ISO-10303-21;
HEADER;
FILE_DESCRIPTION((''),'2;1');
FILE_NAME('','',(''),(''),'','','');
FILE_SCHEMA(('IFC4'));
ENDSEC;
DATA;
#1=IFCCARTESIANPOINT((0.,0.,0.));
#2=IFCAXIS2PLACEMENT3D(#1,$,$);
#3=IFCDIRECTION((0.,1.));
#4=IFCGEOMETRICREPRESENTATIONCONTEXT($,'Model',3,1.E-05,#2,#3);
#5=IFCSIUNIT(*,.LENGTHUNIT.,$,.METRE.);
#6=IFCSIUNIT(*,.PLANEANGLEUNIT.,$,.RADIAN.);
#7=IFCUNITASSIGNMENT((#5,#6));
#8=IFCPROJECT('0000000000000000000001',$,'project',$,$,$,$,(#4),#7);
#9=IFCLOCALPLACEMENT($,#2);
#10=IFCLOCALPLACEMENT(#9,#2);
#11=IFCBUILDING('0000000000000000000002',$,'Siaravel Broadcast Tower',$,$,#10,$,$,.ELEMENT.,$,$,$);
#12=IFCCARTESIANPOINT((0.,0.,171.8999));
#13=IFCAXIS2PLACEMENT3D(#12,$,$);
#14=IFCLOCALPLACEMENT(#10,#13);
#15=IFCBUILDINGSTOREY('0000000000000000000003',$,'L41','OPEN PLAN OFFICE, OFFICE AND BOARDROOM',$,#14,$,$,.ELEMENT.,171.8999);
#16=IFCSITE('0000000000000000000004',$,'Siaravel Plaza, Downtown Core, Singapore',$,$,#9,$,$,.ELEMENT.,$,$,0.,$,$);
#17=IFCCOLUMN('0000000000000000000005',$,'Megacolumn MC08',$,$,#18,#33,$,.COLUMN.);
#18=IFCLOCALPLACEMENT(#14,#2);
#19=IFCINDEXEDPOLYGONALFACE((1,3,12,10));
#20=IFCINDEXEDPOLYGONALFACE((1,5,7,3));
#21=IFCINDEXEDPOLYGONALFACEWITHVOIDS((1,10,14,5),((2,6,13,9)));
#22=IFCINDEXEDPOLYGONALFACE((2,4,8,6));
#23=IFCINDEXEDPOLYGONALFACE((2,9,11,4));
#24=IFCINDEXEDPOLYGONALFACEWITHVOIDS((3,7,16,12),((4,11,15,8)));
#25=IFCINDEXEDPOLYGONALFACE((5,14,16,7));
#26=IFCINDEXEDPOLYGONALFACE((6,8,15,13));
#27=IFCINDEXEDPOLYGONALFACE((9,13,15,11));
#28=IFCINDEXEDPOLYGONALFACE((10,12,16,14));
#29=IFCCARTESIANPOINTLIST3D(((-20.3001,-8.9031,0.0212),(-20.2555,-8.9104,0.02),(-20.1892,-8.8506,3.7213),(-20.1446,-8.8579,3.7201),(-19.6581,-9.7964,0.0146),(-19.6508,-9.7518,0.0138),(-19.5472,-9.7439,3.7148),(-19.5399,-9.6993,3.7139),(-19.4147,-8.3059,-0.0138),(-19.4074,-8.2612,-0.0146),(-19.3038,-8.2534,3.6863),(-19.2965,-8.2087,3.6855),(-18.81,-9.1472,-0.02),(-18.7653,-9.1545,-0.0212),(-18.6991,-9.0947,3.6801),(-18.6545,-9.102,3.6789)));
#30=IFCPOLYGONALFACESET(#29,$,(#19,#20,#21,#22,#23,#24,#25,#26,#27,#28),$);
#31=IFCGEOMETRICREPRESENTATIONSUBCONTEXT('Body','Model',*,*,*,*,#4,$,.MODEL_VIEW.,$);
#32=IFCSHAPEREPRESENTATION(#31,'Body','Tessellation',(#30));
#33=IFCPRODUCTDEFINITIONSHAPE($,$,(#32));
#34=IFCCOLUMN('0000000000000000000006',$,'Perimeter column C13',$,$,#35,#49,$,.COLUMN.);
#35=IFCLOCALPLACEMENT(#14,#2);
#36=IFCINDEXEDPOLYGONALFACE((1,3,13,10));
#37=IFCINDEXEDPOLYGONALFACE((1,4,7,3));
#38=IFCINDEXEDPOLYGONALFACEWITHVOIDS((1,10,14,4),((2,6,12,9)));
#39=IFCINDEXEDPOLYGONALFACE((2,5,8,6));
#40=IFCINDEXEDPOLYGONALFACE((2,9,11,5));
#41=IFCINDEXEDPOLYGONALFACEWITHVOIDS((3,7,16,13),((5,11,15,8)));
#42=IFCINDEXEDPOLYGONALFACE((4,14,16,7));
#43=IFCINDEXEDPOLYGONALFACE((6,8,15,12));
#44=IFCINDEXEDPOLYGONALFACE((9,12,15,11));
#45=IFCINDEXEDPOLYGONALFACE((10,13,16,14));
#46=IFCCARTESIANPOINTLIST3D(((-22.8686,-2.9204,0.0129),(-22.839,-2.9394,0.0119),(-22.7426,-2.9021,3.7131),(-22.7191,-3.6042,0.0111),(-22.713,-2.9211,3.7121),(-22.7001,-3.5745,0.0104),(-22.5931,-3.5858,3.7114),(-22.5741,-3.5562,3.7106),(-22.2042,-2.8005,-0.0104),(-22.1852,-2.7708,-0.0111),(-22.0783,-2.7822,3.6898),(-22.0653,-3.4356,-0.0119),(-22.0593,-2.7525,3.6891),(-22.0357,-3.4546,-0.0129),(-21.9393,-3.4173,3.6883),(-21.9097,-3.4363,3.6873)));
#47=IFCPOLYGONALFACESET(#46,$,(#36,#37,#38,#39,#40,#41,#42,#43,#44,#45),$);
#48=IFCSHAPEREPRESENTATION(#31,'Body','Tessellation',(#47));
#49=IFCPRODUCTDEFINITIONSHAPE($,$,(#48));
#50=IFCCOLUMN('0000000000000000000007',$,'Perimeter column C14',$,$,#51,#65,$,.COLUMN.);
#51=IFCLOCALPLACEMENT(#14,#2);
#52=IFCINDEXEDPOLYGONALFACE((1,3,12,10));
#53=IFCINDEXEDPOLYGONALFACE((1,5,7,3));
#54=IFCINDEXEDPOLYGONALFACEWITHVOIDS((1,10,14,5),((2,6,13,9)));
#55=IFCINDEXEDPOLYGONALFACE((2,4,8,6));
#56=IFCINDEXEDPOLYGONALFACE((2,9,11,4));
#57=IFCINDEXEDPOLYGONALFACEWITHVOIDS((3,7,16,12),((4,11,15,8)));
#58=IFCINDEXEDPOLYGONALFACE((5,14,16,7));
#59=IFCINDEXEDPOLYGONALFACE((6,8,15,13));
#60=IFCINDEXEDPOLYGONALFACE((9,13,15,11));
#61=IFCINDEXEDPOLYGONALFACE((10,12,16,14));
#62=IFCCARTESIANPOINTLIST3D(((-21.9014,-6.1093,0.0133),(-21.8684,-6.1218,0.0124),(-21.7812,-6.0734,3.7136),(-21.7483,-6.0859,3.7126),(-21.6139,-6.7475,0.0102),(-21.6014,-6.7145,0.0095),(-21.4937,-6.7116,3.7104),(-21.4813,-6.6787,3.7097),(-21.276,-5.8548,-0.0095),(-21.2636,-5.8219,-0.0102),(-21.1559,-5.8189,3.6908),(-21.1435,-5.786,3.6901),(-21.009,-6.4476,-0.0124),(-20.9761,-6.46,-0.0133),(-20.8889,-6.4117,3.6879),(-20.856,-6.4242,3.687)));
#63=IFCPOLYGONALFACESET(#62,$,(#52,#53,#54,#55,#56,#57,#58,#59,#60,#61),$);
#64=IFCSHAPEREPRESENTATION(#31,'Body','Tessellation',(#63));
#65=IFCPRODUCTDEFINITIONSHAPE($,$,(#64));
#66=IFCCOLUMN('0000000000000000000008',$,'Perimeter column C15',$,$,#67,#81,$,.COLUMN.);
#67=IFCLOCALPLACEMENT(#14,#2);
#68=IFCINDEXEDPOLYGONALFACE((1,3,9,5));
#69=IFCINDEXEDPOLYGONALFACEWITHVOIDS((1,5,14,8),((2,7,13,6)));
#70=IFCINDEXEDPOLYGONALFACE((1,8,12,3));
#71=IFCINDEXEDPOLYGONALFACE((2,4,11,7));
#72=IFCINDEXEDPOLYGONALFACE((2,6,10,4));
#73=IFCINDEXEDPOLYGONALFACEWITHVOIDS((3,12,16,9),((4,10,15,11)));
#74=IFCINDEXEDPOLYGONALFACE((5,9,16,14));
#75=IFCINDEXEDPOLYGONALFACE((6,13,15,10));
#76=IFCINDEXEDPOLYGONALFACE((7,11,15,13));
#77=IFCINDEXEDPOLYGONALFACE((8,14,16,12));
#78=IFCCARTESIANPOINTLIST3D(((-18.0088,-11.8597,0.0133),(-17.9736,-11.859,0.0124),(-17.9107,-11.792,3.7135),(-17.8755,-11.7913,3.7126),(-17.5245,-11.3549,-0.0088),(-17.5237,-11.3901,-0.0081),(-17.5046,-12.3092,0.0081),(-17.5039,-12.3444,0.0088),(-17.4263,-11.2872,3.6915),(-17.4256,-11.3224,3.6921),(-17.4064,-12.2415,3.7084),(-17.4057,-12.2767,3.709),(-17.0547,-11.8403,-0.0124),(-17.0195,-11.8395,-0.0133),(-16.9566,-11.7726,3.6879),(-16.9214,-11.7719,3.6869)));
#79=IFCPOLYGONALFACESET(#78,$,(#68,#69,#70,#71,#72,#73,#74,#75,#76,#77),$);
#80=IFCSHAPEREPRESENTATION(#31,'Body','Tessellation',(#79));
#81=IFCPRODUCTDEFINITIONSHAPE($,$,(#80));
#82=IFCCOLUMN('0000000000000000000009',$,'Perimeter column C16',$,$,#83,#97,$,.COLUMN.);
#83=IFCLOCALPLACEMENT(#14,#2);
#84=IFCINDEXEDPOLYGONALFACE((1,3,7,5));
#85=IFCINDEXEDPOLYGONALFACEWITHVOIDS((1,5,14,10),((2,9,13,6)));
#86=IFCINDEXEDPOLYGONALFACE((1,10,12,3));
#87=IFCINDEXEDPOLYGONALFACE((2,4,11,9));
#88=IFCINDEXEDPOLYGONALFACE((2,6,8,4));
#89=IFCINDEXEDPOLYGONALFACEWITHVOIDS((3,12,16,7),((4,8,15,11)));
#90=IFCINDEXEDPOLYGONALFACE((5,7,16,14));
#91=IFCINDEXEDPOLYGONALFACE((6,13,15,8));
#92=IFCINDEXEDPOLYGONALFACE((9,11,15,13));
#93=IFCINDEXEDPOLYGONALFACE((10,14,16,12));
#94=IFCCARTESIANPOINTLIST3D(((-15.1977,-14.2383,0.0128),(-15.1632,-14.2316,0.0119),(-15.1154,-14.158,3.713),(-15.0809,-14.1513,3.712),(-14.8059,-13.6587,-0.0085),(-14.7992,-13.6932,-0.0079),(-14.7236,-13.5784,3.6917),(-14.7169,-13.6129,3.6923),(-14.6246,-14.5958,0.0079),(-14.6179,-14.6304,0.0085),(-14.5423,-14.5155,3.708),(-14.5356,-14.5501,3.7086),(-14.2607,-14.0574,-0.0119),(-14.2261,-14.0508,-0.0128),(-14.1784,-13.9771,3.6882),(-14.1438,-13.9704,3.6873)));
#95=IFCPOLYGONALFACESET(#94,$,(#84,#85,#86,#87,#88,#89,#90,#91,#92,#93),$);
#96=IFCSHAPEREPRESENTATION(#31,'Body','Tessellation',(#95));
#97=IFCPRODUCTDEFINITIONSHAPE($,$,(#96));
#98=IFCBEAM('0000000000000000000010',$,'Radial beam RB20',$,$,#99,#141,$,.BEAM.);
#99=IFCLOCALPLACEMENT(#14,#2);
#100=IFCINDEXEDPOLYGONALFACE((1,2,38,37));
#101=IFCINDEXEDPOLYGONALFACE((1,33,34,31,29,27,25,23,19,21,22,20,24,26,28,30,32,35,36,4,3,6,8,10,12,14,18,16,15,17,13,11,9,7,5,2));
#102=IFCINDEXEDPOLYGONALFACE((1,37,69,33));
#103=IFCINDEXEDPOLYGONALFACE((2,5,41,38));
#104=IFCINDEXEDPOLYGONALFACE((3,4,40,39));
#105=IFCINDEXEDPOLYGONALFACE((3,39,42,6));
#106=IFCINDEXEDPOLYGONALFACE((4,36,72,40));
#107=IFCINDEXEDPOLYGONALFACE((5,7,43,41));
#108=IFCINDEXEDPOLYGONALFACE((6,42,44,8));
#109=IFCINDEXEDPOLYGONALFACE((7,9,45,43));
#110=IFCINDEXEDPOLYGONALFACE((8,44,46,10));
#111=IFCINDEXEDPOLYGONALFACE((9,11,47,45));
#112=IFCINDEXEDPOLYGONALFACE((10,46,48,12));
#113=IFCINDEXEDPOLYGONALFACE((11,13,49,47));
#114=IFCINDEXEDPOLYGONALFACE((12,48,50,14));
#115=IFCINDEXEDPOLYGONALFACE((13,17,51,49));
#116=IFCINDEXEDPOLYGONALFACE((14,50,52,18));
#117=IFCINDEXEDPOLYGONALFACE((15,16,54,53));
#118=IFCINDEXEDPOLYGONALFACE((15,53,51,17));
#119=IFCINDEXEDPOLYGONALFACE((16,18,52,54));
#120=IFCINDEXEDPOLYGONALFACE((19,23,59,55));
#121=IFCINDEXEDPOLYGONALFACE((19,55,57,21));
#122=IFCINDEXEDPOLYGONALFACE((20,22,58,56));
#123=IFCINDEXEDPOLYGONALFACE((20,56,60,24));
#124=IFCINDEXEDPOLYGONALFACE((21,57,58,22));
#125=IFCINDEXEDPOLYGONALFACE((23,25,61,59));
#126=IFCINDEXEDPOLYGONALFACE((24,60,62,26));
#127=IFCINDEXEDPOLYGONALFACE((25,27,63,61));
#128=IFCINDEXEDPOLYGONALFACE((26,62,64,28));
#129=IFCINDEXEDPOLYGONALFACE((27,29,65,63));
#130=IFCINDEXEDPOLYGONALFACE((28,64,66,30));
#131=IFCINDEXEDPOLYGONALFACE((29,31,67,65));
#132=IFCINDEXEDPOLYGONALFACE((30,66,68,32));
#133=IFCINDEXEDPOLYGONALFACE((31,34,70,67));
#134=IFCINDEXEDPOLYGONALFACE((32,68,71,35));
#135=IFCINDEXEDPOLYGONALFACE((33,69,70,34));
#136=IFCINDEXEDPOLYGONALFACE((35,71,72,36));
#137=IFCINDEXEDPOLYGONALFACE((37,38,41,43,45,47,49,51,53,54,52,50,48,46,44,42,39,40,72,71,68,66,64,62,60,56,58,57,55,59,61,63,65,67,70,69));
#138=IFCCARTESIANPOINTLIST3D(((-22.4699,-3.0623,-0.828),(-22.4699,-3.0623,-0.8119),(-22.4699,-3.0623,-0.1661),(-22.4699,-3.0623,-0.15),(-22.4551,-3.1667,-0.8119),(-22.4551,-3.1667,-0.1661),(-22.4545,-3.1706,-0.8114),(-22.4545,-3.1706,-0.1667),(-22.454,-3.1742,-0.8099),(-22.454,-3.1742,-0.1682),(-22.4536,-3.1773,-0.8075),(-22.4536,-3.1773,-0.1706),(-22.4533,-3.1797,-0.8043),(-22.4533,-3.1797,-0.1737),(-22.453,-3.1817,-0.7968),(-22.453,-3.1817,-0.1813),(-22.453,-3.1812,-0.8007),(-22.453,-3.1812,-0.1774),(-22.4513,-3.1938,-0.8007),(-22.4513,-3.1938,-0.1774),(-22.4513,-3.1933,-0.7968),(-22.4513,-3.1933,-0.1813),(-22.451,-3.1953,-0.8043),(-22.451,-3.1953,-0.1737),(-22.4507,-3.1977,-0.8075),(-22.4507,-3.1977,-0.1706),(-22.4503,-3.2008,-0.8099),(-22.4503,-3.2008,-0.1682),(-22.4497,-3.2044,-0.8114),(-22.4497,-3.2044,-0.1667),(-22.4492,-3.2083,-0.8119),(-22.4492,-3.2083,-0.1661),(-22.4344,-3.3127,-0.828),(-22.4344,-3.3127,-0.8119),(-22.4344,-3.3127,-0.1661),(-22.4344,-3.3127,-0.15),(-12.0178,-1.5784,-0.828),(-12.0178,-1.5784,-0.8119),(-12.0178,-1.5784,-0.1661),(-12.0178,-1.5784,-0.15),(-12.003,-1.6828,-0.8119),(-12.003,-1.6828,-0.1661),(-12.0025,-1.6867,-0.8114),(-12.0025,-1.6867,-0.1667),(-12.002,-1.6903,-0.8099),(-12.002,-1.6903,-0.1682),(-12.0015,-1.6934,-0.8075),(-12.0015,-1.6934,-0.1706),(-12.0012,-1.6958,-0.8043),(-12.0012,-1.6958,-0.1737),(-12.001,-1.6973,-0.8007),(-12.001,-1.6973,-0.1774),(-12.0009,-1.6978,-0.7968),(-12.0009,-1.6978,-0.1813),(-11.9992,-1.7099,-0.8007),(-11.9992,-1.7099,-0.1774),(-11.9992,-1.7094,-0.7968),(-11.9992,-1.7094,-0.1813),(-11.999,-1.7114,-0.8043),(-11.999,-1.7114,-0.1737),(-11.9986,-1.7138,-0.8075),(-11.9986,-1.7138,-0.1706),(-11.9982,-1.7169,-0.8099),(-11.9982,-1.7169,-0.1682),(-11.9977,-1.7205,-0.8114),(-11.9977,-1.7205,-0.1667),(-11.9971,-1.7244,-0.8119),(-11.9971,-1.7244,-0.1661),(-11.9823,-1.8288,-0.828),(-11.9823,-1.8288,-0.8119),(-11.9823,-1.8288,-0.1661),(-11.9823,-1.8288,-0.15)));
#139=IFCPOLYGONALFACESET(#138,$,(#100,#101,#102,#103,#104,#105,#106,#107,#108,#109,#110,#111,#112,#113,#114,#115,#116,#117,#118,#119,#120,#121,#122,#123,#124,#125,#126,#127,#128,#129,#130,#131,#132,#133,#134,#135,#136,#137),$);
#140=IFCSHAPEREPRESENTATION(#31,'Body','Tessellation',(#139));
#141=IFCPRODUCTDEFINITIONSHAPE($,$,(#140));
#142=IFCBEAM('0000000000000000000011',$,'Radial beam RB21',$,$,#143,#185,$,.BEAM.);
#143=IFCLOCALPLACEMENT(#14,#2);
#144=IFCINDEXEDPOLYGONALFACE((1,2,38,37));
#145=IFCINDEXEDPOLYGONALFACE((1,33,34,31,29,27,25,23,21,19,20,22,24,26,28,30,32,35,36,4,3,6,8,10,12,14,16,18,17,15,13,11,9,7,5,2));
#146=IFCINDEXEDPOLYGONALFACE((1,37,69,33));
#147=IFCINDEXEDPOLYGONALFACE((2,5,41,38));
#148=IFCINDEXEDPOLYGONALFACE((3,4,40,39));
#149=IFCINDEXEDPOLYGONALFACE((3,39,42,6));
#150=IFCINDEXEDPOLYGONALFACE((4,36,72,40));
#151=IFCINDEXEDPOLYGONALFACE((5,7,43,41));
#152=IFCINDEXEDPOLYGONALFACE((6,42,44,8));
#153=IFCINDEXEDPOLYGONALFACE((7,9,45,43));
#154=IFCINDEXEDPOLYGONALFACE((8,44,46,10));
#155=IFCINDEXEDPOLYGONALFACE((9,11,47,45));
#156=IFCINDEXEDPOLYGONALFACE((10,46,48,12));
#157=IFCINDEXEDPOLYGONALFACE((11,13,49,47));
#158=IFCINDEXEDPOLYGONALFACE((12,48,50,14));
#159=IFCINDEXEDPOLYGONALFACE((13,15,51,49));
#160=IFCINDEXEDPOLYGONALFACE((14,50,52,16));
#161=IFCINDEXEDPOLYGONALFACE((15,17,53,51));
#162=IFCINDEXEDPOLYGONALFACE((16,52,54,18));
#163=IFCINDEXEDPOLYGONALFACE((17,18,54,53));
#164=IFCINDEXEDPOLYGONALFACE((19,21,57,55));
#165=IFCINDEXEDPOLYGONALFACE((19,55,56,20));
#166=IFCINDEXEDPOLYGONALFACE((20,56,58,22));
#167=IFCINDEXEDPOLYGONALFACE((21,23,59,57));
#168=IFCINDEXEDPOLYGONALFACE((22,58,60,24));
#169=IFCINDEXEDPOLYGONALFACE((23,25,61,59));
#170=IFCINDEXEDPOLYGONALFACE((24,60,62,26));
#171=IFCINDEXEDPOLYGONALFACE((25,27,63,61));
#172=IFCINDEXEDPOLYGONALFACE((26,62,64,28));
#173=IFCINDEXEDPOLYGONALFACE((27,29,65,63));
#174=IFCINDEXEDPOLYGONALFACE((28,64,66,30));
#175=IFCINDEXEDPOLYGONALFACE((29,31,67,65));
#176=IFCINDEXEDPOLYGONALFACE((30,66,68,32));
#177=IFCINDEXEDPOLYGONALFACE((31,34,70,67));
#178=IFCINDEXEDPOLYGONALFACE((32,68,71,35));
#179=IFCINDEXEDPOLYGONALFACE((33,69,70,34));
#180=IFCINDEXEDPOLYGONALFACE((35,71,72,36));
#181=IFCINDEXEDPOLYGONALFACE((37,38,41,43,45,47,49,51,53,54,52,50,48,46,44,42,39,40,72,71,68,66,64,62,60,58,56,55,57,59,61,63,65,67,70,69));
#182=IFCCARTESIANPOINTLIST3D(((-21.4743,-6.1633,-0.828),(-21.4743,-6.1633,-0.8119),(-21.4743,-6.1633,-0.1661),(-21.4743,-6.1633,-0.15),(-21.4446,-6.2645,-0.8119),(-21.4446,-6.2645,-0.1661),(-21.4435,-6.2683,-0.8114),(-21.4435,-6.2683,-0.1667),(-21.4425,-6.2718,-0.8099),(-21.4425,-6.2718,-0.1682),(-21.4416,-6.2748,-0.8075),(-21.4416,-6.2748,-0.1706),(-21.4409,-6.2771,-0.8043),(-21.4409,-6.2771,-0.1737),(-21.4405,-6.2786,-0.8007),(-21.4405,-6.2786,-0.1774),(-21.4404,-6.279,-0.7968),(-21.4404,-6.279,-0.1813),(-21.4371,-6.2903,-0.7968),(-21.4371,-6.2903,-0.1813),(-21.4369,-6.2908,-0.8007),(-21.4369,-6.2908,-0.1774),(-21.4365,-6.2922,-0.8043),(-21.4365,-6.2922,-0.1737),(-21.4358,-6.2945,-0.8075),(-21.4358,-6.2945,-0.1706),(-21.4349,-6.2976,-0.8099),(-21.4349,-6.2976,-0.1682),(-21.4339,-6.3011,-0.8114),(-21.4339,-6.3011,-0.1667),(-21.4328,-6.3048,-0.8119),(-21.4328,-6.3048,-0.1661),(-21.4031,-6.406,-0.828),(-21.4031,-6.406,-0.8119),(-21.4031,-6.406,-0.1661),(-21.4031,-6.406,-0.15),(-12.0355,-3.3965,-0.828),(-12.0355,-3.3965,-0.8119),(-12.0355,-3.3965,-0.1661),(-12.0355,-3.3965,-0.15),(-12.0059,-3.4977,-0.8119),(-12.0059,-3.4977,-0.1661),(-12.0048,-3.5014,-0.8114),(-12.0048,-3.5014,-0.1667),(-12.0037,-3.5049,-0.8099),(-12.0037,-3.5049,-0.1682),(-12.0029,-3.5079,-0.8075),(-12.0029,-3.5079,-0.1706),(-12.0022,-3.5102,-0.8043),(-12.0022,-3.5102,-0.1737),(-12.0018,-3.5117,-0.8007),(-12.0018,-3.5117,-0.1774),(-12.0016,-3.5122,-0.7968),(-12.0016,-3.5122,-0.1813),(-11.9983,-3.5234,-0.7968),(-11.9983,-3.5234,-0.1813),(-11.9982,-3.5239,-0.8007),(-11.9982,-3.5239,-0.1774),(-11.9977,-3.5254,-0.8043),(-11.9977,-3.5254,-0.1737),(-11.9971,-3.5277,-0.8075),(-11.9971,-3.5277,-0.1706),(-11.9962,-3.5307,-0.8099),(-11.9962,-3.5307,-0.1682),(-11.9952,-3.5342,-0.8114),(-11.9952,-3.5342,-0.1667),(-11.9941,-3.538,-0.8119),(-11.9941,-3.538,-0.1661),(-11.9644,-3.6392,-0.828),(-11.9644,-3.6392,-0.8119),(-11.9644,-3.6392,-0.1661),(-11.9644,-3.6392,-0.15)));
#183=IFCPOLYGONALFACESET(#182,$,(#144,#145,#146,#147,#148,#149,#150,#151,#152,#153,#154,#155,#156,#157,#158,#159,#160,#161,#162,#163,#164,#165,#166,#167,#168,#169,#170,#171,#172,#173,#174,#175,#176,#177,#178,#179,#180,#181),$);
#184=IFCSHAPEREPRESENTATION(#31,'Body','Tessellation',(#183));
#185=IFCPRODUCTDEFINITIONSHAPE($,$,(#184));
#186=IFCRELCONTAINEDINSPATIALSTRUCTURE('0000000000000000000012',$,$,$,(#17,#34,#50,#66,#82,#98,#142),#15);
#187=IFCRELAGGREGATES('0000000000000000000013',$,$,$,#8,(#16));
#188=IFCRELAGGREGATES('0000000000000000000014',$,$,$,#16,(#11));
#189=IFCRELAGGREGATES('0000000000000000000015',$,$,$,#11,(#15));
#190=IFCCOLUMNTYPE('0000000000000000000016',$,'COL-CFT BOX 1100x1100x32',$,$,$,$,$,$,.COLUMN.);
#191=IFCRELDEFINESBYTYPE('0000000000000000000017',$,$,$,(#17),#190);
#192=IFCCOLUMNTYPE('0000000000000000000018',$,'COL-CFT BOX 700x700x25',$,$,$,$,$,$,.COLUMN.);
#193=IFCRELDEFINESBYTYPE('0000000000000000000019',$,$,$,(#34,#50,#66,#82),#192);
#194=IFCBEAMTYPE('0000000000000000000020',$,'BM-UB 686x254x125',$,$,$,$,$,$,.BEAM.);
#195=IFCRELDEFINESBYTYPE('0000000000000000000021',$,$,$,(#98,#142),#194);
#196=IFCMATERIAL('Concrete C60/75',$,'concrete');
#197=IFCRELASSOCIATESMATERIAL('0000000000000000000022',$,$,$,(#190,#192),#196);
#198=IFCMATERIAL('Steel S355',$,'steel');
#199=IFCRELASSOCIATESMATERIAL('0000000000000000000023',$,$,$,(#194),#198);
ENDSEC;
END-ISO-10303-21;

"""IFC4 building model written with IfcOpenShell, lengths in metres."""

from ifc_helpers import new_model, si_unit, direction, frame, origin, origin_2d, place, context, subcontext, project, spatial, hollow_rectangle, i_section, extrude, material, material_profile, profile_set, type_object, element, save


model = new_model("IFC4")

# Units and contexts
model_context = context("Model", 3, precision=1e-05, world=origin(), true_north=direction((0.0, 1.0)))
body_context = subcontext(model_context, "Body", "Model", "MODEL_VIEW")
ifc_project = project(units=[si_unit("LENGTHUNIT", "METRE"), si_unit("PLANEANGLEUNIT", "RADIAN")], contexts=[model_context])

# Site, building, storey
site_placement = place(None, origin())
site = spatial("IfcSite", under=ifc_project, at=site_placement, Name="Siaravel Plaza, Downtown Core, Singapore", CompositionType="ELEMENT", RefElevation=0.0)
building_placement = place(site_placement, origin())
building = spatial("IfcBuilding", under=site, at=building_placement, Name="Siaravel Broadcast Tower", CompositionType="ELEMENT")
storey_placement = place(building_placement, frame((0.0, 0.0, 171.8999)))
storey = spatial("IfcBuildingStorey", under=building, at=storey_placement, Name="L41", Description="OPEN PLAN OFFICE, OFFICE AND BOARDROOM", CompositionType="ELEMENT", Elevation=171.8999)

# Columns
ifc_material_1 = material(Name="Concrete C60/75", Category="concrete")
ifc_material_profile_1 = material_profile(ifc_material_1, hollow_rectangle(XDim=1.1001, YDim=1.1001, WallThickness=0.032, at=origin_2d()))
ifc_profile_set_1 = profile_set([ifc_material_profile_1], Name="Concrete C60/75")
column_type_1 = type_object("IfcColumnType", Name="COL-CFT BOX 1100x1100x32", PredefinedType="COLUMN", material=ifc_profile_set_1)
column_1_placement = place(storey_placement, frame((-19.5327, -9.0288, 0.0), z_axis=(0.029939, 0.014178, 0.999451), x_axis=(-0.583604, 0.812016, 0.005963)))
element("IfcColumn", 1, at=column_1_placement, inside=storey, type_object=column_type_1, Name="Megacolumn MC08", PredefinedType="COLUMN", context=body_context, shape_type="SweptSolid", body=[
    extrude(hollow_rectangle(XDim=1.1001, YDim=1.1001, WallThickness=0.032, at=origin_2d()), origin(), (0.0, 0.0, 1.0), 3.7021),
])
ifc_material_profile_2 = material_profile(ifc_material_1, hollow_rectangle(XDim=0.7, YDim=0.7, WallThickness=0.0249, at=origin_2d()))
ifc_profile_set_2 = profile_set([ifc_material_profile_2], Name="Concrete C60/75")
column_type_2 = type_object("IfcColumnType", Name="COL-CFT BOX 700x700x25", PredefinedType="COLUMN", material=ifc_profile_set_2)
for number, where, z_axis, x_axis, name in (
    (2, (-22.4521, -3.1875, 0.0), (0.034026, 0.004946, 0.999409), (-0.213653, 0.976907, 0.00244), "Perimeter column C13"),
    (3, (-21.4387, -6.2847, 0.0), (0.032444, 0.009694, 0.999427), (-0.410727, 0.911747, 0.00449), "Perimeter column C14"),
):
    element("IfcColumn", number, at=place(storey_placement, frame(where, z_axis=z_axis, x_axis=x_axis)), inside=storey, type_object=column_type_2, Name=name, PredefinedType="COLUMN", context=body_context, shape_type="SweptSolid", body=[
        extrude(hollow_rectangle(XDim=0.7, YDim=0.7, WallThickness=0.0249, at=origin_2d()), origin(), (0.0, 0.0, 1.0), 3.7024),
    ])
column_2_placement = place(storey_placement, frame((-17.5142, -11.8496, 0.0), z_axis=(0.02651, 0.018267, 0.999482), x_axis=(-0.72142, 0.692467, 0.006479)))
element("IfcColumn", 4, at=column_2_placement, inside=storey, type_object=column_type_2, Name="Perimeter column C15", PredefinedType="COLUMN", context=body_context, shape_type="SweptSolid", body=[
    extrude(hollow_rectangle(XDim=0.7, YDim=0.7, WallThickness=0.0249, at=origin_2d()), origin(), (0.0, 0.0, 1.0), 3.7021),
])
column_3_placement = place(storey_placement, frame((-14.7119, -14.1445, 0.0), z_axis=(0.022225, 0.021697, 0.999518), x_axis=(-0.828351, 0.560175, 0.006259)))
element("IfcColumn", 5, at=column_3_placement, inside=storey, type_object=column_type_2, Name="Perimeter column C16", PredefinedType="COLUMN", context=body_context, shape_type="SweptSolid", body=[
    extrude(hollow_rectangle(XDim=0.7, YDim=0.7, WallThickness=0.0249, at=origin_2d()), origin(), (0.0, 0.0, 1.0), 3.7019),
])

# Beams
ifc_material_2 = material(Name="Steel S355", Category="steel")
ifc_material_profile_3 = material_profile(ifc_material_2, i_section(OverallWidth=0.2529, OverallDepth=0.678, WebThickness=0.0117, FlangeThickness=0.0161, FilletRadius=0.0151, at=origin_2d()))
ifc_profile_set_3 = profile_set([ifc_material_profile_3], Name="Steel S355")
beam_type = type_object("IfcBeamType", Name="BM-UB 686x254x125", PredefinedType="BEAM", material=ifc_profile_set_3)
beam_1_placement = place(storey_placement, frame((-22.4521, -3.1875, -0.489), z_axis=(0.990072, 0.14056, 0.0), x_axis=(-0.14056, 0.990072, 0.0)))
element("IfcBeam", 6, at=beam_1_placement, inside=storey, type_object=beam_type, Name="Radial beam RB20", PredefinedType="BEAM", context=body_context, shape_type="SweptSolid", body=[
    extrude(i_section(OverallWidth=0.2529, OverallDepth=0.678, WebThickness=0.0117, FlangeThickness=0.0161, FilletRadius=0.0151, at=origin_2d()), origin(), (0.0, 0.0, 1.0), 10.5569),
])
beam_2_placement = place(storey_placement, frame((-21.4387, -6.2847, -0.489), z_axis=(0.95962, 0.281301, 0.0), x_axis=(-0.281301, 0.95962, 0.0)))
element("IfcBeam", 7, at=beam_2_placement, inside=storey, type_object=beam_type, Name="Radial beam RB21", PredefinedType="BEAM", context=body_context, shape_type="SweptSolid", body=[
    extrude(i_section(OverallWidth=0.2529, OverallDepth=0.678, WebThickness=0.0117, FlangeThickness=0.0161, FilletRadius=0.0151, at=origin_2d()), origin(), (0.0, 0.0, 1.0), 9.8359),
])

save(model, "model.ifc")
